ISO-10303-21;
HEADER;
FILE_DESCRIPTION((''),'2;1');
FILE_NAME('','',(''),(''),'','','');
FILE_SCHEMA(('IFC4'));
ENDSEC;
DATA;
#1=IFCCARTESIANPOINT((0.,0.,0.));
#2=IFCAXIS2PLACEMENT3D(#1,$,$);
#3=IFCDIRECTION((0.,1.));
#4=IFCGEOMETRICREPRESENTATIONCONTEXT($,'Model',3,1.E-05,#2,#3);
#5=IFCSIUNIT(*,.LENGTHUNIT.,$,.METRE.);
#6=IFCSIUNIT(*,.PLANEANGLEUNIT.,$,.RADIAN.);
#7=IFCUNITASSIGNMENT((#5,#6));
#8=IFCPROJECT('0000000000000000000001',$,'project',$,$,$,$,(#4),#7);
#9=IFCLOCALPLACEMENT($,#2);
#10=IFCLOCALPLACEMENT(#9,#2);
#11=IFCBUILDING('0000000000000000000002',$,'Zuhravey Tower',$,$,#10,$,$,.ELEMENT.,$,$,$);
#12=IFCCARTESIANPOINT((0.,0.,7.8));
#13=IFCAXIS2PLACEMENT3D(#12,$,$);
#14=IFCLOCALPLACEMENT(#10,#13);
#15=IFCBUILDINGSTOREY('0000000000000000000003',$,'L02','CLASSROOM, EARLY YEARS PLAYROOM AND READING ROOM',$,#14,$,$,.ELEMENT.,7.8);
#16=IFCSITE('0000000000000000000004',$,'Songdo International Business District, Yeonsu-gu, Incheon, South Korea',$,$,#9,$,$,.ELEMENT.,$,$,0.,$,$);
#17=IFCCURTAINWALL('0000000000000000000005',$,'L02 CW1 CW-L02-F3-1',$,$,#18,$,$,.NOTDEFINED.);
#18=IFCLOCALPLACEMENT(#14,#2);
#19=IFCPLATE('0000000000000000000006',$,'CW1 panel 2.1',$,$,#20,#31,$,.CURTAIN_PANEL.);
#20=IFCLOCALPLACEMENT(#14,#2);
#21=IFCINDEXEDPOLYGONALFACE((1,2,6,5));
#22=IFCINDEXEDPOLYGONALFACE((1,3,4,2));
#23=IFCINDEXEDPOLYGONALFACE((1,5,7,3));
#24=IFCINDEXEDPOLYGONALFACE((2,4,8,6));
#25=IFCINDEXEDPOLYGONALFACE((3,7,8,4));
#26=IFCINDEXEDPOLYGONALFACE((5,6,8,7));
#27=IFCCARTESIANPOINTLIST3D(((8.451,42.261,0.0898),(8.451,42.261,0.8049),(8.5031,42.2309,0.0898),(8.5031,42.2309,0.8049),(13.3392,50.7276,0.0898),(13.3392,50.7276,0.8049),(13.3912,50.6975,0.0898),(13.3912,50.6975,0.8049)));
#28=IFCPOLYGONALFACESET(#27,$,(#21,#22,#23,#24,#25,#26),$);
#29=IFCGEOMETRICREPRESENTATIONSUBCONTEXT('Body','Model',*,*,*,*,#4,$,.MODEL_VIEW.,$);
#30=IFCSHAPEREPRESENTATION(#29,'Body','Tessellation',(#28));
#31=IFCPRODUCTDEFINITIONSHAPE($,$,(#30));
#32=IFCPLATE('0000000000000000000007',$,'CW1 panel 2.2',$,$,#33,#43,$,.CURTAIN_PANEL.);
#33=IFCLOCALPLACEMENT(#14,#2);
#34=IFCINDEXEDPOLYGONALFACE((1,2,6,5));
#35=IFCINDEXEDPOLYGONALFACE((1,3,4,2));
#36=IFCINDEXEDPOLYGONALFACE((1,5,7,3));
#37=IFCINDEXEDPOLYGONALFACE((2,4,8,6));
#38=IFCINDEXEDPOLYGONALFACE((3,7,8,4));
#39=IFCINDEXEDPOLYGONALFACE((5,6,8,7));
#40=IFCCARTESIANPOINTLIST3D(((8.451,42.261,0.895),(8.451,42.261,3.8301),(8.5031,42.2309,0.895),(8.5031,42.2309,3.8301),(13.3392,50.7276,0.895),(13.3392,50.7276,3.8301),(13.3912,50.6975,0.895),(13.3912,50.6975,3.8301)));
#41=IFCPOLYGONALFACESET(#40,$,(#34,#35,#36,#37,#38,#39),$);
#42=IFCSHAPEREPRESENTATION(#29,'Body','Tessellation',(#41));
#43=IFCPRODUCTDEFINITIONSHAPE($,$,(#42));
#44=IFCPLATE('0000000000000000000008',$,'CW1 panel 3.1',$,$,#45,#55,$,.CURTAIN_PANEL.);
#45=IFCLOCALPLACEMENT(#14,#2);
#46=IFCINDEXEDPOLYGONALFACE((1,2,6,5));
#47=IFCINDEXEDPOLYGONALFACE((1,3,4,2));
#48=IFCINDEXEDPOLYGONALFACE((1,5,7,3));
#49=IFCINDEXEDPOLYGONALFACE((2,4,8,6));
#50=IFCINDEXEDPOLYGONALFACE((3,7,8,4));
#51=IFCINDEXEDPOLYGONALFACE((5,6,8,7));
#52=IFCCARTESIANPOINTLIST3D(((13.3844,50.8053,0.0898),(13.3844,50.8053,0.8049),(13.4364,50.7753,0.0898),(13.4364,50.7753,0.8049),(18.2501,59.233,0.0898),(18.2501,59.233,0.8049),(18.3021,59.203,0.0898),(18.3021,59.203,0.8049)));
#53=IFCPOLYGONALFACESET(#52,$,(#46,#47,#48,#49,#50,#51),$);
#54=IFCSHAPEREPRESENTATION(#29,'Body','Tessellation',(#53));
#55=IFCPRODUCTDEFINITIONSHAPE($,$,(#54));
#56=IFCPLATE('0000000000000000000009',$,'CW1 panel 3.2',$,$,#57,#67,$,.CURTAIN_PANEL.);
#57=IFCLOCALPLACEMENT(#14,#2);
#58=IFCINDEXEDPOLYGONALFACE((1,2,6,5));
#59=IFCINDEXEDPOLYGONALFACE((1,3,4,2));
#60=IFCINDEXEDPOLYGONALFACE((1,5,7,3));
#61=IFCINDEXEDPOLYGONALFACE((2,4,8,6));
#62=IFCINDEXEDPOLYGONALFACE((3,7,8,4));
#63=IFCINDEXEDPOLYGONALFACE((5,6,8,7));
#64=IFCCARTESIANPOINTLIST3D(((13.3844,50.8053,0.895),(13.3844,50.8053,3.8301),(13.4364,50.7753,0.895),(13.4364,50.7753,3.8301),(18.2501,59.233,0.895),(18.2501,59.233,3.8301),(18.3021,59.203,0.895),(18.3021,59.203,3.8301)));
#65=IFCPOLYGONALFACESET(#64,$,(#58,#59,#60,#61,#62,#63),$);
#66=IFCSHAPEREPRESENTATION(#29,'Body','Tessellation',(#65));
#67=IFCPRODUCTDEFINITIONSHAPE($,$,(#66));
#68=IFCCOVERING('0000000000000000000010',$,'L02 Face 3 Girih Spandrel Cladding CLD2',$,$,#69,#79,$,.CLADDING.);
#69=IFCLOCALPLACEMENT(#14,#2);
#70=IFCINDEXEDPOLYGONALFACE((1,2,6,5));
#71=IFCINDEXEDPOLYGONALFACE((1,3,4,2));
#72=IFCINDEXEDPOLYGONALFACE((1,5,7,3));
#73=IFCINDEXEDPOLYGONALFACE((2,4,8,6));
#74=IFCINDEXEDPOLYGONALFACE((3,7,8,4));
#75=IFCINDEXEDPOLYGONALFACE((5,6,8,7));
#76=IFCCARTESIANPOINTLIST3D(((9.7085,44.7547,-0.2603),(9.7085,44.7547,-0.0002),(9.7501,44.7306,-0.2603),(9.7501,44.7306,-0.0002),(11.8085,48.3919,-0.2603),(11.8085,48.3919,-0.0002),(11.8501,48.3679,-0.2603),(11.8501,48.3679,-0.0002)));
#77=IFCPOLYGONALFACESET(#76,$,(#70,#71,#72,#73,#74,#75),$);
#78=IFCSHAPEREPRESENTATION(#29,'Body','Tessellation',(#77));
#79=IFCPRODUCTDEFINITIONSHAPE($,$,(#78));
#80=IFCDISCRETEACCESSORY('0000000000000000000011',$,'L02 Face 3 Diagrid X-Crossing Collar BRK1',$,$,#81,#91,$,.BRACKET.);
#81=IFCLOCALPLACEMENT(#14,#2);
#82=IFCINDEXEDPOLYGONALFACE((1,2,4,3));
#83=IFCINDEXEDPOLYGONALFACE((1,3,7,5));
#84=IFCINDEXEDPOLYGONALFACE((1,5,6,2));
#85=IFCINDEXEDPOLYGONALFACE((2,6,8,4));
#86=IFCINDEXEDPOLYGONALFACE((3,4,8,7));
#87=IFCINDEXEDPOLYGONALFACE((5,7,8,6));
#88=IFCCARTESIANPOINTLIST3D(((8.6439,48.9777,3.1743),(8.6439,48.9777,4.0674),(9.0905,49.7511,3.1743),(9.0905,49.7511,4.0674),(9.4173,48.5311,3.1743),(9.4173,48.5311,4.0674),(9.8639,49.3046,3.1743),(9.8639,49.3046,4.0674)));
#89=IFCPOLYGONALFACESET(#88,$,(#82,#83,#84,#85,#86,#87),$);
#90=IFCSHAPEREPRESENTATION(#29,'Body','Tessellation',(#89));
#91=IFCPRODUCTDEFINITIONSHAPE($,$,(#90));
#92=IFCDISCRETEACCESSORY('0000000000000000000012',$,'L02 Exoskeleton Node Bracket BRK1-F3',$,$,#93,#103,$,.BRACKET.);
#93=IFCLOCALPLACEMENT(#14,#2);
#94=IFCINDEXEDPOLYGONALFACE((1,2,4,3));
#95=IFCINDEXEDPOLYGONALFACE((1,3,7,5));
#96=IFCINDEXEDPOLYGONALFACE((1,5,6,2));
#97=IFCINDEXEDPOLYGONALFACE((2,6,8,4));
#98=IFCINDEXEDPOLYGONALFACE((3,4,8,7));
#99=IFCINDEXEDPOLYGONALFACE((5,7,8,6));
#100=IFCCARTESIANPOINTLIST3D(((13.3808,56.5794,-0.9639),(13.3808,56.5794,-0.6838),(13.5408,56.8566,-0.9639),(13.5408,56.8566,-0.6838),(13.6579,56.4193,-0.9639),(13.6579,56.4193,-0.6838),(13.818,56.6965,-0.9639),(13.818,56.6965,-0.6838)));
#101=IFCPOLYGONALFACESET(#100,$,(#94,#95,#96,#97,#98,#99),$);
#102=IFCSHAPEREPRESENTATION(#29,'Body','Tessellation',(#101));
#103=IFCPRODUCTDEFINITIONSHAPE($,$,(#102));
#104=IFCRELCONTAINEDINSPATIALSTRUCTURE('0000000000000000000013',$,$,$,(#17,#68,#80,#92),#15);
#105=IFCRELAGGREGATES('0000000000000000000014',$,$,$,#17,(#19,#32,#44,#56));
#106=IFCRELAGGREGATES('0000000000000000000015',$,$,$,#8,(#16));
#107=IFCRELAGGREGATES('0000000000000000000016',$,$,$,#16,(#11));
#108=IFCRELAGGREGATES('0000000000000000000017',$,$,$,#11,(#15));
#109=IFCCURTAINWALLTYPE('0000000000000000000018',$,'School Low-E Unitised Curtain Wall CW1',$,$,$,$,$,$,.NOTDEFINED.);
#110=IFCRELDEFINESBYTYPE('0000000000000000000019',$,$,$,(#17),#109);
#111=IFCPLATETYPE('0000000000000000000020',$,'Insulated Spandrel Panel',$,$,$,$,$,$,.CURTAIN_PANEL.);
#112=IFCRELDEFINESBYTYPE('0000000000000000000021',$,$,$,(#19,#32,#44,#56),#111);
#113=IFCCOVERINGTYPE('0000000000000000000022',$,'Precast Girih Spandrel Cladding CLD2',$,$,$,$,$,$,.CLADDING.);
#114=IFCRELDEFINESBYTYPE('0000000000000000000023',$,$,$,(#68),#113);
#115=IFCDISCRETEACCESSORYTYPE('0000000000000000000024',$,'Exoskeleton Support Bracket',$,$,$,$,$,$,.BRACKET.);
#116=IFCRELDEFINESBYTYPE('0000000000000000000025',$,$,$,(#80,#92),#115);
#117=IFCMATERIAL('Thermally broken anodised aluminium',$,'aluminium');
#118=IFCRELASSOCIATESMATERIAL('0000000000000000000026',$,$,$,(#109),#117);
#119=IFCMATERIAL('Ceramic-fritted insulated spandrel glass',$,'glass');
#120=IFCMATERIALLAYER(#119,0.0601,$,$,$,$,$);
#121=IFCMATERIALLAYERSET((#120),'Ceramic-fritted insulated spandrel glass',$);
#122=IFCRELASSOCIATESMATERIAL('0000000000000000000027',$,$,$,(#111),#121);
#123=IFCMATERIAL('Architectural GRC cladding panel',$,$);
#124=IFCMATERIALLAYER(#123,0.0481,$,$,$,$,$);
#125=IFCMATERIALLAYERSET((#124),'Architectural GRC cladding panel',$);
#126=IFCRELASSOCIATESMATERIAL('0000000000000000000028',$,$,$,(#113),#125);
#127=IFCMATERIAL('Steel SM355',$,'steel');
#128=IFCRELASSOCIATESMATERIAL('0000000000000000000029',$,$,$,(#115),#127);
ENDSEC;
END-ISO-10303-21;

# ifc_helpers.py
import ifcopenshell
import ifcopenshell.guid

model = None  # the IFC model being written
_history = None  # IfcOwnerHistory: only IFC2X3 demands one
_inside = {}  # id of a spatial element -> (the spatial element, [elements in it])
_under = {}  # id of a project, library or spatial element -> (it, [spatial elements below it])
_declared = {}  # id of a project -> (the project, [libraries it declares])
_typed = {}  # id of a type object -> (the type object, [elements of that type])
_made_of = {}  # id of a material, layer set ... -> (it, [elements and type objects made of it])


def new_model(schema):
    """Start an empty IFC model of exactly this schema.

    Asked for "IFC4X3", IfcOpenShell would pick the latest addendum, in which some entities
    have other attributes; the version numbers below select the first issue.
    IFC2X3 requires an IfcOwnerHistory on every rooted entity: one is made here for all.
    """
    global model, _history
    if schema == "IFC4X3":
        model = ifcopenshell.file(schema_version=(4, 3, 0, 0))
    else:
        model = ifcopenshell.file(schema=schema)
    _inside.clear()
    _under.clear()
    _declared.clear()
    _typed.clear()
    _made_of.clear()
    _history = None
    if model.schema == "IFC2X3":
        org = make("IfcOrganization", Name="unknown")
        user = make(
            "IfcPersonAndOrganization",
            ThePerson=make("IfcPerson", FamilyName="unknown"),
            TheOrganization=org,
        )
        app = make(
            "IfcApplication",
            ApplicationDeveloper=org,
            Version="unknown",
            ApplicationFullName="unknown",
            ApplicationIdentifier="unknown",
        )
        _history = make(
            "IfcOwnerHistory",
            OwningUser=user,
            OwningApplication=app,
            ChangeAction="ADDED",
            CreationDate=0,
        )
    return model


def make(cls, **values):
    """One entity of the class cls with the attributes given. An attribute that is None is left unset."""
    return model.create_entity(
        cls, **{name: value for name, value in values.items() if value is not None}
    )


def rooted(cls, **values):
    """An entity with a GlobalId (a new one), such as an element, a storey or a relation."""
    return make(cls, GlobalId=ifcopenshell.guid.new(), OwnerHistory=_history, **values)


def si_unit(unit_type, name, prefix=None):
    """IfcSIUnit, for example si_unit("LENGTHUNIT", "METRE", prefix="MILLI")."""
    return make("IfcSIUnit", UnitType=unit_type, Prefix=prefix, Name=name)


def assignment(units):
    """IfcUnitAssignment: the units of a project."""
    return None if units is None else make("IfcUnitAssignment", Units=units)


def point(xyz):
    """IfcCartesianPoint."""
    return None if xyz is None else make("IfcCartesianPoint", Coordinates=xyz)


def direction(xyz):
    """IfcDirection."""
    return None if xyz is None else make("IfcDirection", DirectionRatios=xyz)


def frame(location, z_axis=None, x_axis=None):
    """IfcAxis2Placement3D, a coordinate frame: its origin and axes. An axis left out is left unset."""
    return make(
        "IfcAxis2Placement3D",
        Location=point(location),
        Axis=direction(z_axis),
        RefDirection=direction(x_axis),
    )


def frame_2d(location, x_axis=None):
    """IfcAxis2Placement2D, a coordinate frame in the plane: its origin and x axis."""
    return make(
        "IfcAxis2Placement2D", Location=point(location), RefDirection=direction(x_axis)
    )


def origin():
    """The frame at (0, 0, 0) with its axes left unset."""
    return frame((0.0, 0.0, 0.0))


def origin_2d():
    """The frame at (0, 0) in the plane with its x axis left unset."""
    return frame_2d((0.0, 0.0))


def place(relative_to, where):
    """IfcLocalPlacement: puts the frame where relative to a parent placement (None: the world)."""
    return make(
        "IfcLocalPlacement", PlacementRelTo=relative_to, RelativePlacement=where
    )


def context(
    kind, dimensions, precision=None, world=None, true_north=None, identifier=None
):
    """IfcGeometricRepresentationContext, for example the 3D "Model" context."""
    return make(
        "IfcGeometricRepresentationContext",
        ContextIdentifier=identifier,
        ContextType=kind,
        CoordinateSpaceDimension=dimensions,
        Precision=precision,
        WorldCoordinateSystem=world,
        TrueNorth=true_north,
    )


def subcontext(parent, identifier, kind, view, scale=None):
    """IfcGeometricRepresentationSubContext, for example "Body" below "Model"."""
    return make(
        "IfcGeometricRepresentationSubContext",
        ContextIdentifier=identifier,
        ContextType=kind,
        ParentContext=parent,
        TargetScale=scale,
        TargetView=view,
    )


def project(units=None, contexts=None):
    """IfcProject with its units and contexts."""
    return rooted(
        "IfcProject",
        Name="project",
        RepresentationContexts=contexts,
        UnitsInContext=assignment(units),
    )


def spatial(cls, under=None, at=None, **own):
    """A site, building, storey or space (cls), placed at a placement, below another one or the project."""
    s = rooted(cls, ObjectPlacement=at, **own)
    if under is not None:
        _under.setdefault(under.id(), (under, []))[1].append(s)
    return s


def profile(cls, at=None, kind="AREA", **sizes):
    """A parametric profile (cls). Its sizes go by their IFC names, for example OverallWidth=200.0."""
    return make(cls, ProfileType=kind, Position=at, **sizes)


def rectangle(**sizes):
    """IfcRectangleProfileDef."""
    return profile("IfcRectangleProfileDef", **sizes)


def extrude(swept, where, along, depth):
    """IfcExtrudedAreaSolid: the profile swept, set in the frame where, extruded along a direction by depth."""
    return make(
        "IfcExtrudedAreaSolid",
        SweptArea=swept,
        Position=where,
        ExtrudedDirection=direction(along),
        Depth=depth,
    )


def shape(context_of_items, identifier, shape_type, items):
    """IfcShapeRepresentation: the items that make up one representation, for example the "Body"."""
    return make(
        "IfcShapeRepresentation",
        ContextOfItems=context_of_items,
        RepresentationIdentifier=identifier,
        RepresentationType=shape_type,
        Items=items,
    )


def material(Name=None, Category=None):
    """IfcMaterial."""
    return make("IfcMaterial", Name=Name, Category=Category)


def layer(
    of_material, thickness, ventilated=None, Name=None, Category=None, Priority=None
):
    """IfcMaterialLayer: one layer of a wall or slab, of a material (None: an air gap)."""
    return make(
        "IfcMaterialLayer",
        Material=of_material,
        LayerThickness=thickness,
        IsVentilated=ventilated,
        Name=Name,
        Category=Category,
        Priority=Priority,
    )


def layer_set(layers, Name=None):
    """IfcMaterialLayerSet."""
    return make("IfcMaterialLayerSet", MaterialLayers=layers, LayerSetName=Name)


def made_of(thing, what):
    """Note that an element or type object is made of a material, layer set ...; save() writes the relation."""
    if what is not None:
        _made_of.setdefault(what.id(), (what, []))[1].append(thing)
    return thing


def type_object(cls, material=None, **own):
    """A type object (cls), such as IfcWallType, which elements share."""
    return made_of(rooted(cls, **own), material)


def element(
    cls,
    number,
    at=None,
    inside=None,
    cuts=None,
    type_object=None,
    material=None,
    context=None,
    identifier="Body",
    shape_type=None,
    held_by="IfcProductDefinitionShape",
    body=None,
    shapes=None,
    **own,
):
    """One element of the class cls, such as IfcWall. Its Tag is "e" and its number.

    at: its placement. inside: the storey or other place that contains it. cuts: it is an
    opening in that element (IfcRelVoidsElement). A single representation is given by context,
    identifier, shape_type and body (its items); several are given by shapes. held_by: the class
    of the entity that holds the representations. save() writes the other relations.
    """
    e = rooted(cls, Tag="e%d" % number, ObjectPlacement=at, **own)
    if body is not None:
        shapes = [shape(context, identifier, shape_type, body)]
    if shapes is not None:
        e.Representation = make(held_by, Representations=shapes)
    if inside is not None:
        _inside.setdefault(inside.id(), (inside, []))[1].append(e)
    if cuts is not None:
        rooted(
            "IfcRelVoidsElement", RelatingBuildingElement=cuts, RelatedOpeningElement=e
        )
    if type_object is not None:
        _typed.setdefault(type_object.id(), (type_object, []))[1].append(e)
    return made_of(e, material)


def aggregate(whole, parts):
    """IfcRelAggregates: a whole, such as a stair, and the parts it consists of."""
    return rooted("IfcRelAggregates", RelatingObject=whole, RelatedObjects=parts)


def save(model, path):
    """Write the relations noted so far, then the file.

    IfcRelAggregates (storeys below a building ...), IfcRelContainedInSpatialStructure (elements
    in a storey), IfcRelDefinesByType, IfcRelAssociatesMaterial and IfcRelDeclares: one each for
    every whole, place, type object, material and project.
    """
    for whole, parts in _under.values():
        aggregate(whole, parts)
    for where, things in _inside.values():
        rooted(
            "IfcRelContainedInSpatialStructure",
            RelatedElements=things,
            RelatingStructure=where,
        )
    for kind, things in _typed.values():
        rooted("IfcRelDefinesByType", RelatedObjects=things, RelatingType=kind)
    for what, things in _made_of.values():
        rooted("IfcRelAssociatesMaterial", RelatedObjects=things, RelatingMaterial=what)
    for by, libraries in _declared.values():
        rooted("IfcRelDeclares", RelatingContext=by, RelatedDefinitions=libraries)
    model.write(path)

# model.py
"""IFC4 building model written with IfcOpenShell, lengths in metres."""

from ifc_helpers import new_model, si_unit, direction, frame, origin, origin_2d, place, context, subcontext, project, spatial, rectangle, extrude, material, layer, layer_set, type_object, element, aggregate, save


model = new_model("IFC4")

# Units and contexts
model_context = context("Model", 3, precision=1e-05, world=origin(), true_north=direction((0.0, 1.0)))
body_context = subcontext(model_context, "Body", "Model", "MODEL_VIEW")
ifc_project = project(units=[si_unit("LENGTHUNIT", "METRE"), si_unit("PLANEANGLEUNIT", "RADIAN")], contexts=[model_context])

# Site, building, storey
site_placement = place(None, origin())
site = spatial("IfcSite", under=ifc_project, at=site_placement, Name="Songdo International Business District, Yeonsu-gu, Incheon, South Korea", CompositionType="ELEMENT", RefElevation=0.0)
building_placement = place(site_placement, origin())
building = spatial("IfcBuilding", under=site, at=building_placement, Name="Zuhravey Tower", CompositionType="ELEMENT")
storey_placement = place(building_placement, frame((0.0, 0.0, 7.8)))
storey = spatial("IfcBuildingStorey", under=building, at=storey_placement, Name="L02", Description="CLASSROOM, EARLY YEARS PLAYROOM AND READING ROOM", CompositionType="ELEMENT", Elevation=7.8)

# Curtain wall
ifc_material_1 = material(Name="Thermally broken anodised aluminium", Category="aluminium")
curtain_wall_type = type_object("IfcCurtainWallType", Name="School Low-E Unitised Curtain Wall CW1", PredefinedType="NOTDEFINED", material=ifc_material_1)
curtain_wall_placement = place(storey_placement, origin())
curtain_wall = element("IfcCurtainWall", 1, at=curtain_wall_placement, inside=storey, type_object=curtain_wall_type, Name="L02 CW1 CW-L02-F3-1", PredefinedType="NOTDEFINED")

# Shared definitions
ifc_material_2 = material(Name="Steel SM355", Category="steel")

# Plates
ifc_material_3 = material(Name="Ceramic-fritted insulated spandrel glass", Category="glass")
ifc_layer_1 = layer(ifc_material_3, 0.0601)
ifc_layer_set_1 = layer_set([ifc_layer_1], Name="Ceramic-fritted insulated spandrel glass")
plate_type_1 = type_object("IfcPlateType", Name="Insulated Spandrel Panel", PredefinedType="CURTAIN_PANEL", material=ifc_layer_set_1)
plate_1_placement = place(storey_placement, frame((10.9211, 46.4792, 0.0898), z_axis=(0.0, 0.0, 1.0), x_axis=(0.5, 0.866026, 0.0)))
plate_1 = element("IfcPlate", 2, at=plate_1_placement, type_object=plate_type_1, Name="CW1 panel 2.1", PredefinedType="CURTAIN_PANEL", context=body_context, shape_type="SweptSolid", body=[
    extrude(rectangle(XDim=9.7764, YDim=0.0601, at=origin_2d()), origin(), (0.0, 0.0, 1.0), 0.7151),
])
plate_2_placement = place(storey_placement, frame((10.9211, 46.4792, 0.895), z_axis=(0.0, 0.0, 1.0), x_axis=(0.5, 0.866026, 0.0)))
plate_2 = element("IfcPlate", 3, at=plate_2_placement, type_object=plate_type_1, Name="CW1 panel 2.2", PredefinedType="CURTAIN_PANEL", context=body_context, shape_type="SweptSolid", body=[
    extrude(rectangle(XDim=9.7764, YDim=0.0601, at=origin_2d()), origin(), (0.0, 0.0, 1.0), 2.9351),
])
plate_3_placement = place(storey_placement, frame((15.8433, 55.0042, 0.0898), z_axis=(0.0, 0.0, 1.0), x_axis=(0.5, 0.866026, 0.0)))
plate_3 = element("IfcPlate", 4, at=plate_3_placement, type_object=plate_type_1, Name="CW1 panel 3.1", PredefinedType="CURTAIN_PANEL", context=body_context, shape_type="SweptSolid", body=[
    extrude(rectangle(XDim=9.7314, YDim=0.0601, at=origin_2d()), origin(), (0.0, 0.0, 1.0), 0.7151),
])
plate_4_placement = place(storey_placement, frame((15.8433, 55.0042, 0.895), z_axis=(0.0, 0.0, 1.0), x_axis=(0.5, 0.866026, 0.0)))
plate_4 = element("IfcPlate", 5, at=plate_4_placement, type_object=plate_type_1, Name="CW1 panel 3.2", PredefinedType="CURTAIN_PANEL", context=body_context, shape_type="SweptSolid", body=[
    extrude(rectangle(XDim=9.7314, YDim=0.0601, at=origin_2d()), origin(), (0.0, 0.0, 1.0), 2.9351),
])
aggregate(curtain_wall, [plate_1, plate_2, plate_3, plate_4])

# Covering
ifc_material_4 = material(Name="Architectural GRC cladding panel")
ifc_layer_2 = layer(ifc_material_4, 0.0481)
ifc_layer_set_2 = layer_set([ifc_layer_2], Name="Architectural GRC cladding panel")
covering_type = type_object("IfcCoveringType", Name="Precast Girih Spandrel Cladding CLD2", PredefinedType="CLADDING", material=ifc_layer_set_2)
covering_placement = place(storey_placement, frame((10.7793, 46.5613, -0.2603), z_axis=(0.0, 0.0, 1.0), x_axis=(0.5, 0.866025, 0.0)))
element("IfcCovering", 6, at=covering_placement, inside=storey, type_object=covering_type, Name="L02 Face 3 Girih Spandrel Cladding CLD2", PredefinedType="CLADDING", context=body_context, shape_type="SweptSolid", body=[
    extrude(rectangle(XDim=4.2, YDim=0.0481, at=origin_2d()), origin(), (0.0, 0.0, 1.0), 0.26),
])

# Discrete accessories
discrete_accessory_type = type_object("IfcDiscreteAccessoryType", Name="Exoskeleton Support Bracket", PredefinedType="BRACKET", material=ifc_material_2)
discrete_accessory_1_placement = place(storey_placement, frame((9.2539, 49.1411, 3.1743), z_axis=(0.0, 0.0, 1.0), x_axis=(-0.5, -0.866025, 0.0)))
element("IfcDiscreteAccessory", 7, at=discrete_accessory_1_placement, inside=storey, type_object=discrete_accessory_type, Name="L02 Face 3 Diagrid X-Crossing Collar BRK1", PredefinedType="BRACKET", context=body_context, shape_type="SweptSolid", body=[
    extrude(rectangle(XDim=0.8931, YDim=0.8931, at=origin_2d()), origin(), (0.0, 0.0, 1.0), 0.8931),
])
discrete_accessory_2_placement = place(storey_placement, frame((13.5994, 56.6379, -0.9639), z_axis=(0.0, 0.0, 1.0), x_axis=(-0.5, -0.866025, 0.0)))
element("IfcDiscreteAccessory", 8, at=discrete_accessory_2_placement, inside=storey, type_object=discrete_accessory_type, Name="L02 Exoskeleton Node Bracket BRK1-F3", PredefinedType="BRACKET", context=body_context, shape_type="SweptSolid", body=[
    extrude(rectangle(XDim=0.3201, YDim=0.3201, at=origin_2d()), origin(), (0.0, 0.0, 1.0), 0.28),
])

save(model, "model.ifc")
